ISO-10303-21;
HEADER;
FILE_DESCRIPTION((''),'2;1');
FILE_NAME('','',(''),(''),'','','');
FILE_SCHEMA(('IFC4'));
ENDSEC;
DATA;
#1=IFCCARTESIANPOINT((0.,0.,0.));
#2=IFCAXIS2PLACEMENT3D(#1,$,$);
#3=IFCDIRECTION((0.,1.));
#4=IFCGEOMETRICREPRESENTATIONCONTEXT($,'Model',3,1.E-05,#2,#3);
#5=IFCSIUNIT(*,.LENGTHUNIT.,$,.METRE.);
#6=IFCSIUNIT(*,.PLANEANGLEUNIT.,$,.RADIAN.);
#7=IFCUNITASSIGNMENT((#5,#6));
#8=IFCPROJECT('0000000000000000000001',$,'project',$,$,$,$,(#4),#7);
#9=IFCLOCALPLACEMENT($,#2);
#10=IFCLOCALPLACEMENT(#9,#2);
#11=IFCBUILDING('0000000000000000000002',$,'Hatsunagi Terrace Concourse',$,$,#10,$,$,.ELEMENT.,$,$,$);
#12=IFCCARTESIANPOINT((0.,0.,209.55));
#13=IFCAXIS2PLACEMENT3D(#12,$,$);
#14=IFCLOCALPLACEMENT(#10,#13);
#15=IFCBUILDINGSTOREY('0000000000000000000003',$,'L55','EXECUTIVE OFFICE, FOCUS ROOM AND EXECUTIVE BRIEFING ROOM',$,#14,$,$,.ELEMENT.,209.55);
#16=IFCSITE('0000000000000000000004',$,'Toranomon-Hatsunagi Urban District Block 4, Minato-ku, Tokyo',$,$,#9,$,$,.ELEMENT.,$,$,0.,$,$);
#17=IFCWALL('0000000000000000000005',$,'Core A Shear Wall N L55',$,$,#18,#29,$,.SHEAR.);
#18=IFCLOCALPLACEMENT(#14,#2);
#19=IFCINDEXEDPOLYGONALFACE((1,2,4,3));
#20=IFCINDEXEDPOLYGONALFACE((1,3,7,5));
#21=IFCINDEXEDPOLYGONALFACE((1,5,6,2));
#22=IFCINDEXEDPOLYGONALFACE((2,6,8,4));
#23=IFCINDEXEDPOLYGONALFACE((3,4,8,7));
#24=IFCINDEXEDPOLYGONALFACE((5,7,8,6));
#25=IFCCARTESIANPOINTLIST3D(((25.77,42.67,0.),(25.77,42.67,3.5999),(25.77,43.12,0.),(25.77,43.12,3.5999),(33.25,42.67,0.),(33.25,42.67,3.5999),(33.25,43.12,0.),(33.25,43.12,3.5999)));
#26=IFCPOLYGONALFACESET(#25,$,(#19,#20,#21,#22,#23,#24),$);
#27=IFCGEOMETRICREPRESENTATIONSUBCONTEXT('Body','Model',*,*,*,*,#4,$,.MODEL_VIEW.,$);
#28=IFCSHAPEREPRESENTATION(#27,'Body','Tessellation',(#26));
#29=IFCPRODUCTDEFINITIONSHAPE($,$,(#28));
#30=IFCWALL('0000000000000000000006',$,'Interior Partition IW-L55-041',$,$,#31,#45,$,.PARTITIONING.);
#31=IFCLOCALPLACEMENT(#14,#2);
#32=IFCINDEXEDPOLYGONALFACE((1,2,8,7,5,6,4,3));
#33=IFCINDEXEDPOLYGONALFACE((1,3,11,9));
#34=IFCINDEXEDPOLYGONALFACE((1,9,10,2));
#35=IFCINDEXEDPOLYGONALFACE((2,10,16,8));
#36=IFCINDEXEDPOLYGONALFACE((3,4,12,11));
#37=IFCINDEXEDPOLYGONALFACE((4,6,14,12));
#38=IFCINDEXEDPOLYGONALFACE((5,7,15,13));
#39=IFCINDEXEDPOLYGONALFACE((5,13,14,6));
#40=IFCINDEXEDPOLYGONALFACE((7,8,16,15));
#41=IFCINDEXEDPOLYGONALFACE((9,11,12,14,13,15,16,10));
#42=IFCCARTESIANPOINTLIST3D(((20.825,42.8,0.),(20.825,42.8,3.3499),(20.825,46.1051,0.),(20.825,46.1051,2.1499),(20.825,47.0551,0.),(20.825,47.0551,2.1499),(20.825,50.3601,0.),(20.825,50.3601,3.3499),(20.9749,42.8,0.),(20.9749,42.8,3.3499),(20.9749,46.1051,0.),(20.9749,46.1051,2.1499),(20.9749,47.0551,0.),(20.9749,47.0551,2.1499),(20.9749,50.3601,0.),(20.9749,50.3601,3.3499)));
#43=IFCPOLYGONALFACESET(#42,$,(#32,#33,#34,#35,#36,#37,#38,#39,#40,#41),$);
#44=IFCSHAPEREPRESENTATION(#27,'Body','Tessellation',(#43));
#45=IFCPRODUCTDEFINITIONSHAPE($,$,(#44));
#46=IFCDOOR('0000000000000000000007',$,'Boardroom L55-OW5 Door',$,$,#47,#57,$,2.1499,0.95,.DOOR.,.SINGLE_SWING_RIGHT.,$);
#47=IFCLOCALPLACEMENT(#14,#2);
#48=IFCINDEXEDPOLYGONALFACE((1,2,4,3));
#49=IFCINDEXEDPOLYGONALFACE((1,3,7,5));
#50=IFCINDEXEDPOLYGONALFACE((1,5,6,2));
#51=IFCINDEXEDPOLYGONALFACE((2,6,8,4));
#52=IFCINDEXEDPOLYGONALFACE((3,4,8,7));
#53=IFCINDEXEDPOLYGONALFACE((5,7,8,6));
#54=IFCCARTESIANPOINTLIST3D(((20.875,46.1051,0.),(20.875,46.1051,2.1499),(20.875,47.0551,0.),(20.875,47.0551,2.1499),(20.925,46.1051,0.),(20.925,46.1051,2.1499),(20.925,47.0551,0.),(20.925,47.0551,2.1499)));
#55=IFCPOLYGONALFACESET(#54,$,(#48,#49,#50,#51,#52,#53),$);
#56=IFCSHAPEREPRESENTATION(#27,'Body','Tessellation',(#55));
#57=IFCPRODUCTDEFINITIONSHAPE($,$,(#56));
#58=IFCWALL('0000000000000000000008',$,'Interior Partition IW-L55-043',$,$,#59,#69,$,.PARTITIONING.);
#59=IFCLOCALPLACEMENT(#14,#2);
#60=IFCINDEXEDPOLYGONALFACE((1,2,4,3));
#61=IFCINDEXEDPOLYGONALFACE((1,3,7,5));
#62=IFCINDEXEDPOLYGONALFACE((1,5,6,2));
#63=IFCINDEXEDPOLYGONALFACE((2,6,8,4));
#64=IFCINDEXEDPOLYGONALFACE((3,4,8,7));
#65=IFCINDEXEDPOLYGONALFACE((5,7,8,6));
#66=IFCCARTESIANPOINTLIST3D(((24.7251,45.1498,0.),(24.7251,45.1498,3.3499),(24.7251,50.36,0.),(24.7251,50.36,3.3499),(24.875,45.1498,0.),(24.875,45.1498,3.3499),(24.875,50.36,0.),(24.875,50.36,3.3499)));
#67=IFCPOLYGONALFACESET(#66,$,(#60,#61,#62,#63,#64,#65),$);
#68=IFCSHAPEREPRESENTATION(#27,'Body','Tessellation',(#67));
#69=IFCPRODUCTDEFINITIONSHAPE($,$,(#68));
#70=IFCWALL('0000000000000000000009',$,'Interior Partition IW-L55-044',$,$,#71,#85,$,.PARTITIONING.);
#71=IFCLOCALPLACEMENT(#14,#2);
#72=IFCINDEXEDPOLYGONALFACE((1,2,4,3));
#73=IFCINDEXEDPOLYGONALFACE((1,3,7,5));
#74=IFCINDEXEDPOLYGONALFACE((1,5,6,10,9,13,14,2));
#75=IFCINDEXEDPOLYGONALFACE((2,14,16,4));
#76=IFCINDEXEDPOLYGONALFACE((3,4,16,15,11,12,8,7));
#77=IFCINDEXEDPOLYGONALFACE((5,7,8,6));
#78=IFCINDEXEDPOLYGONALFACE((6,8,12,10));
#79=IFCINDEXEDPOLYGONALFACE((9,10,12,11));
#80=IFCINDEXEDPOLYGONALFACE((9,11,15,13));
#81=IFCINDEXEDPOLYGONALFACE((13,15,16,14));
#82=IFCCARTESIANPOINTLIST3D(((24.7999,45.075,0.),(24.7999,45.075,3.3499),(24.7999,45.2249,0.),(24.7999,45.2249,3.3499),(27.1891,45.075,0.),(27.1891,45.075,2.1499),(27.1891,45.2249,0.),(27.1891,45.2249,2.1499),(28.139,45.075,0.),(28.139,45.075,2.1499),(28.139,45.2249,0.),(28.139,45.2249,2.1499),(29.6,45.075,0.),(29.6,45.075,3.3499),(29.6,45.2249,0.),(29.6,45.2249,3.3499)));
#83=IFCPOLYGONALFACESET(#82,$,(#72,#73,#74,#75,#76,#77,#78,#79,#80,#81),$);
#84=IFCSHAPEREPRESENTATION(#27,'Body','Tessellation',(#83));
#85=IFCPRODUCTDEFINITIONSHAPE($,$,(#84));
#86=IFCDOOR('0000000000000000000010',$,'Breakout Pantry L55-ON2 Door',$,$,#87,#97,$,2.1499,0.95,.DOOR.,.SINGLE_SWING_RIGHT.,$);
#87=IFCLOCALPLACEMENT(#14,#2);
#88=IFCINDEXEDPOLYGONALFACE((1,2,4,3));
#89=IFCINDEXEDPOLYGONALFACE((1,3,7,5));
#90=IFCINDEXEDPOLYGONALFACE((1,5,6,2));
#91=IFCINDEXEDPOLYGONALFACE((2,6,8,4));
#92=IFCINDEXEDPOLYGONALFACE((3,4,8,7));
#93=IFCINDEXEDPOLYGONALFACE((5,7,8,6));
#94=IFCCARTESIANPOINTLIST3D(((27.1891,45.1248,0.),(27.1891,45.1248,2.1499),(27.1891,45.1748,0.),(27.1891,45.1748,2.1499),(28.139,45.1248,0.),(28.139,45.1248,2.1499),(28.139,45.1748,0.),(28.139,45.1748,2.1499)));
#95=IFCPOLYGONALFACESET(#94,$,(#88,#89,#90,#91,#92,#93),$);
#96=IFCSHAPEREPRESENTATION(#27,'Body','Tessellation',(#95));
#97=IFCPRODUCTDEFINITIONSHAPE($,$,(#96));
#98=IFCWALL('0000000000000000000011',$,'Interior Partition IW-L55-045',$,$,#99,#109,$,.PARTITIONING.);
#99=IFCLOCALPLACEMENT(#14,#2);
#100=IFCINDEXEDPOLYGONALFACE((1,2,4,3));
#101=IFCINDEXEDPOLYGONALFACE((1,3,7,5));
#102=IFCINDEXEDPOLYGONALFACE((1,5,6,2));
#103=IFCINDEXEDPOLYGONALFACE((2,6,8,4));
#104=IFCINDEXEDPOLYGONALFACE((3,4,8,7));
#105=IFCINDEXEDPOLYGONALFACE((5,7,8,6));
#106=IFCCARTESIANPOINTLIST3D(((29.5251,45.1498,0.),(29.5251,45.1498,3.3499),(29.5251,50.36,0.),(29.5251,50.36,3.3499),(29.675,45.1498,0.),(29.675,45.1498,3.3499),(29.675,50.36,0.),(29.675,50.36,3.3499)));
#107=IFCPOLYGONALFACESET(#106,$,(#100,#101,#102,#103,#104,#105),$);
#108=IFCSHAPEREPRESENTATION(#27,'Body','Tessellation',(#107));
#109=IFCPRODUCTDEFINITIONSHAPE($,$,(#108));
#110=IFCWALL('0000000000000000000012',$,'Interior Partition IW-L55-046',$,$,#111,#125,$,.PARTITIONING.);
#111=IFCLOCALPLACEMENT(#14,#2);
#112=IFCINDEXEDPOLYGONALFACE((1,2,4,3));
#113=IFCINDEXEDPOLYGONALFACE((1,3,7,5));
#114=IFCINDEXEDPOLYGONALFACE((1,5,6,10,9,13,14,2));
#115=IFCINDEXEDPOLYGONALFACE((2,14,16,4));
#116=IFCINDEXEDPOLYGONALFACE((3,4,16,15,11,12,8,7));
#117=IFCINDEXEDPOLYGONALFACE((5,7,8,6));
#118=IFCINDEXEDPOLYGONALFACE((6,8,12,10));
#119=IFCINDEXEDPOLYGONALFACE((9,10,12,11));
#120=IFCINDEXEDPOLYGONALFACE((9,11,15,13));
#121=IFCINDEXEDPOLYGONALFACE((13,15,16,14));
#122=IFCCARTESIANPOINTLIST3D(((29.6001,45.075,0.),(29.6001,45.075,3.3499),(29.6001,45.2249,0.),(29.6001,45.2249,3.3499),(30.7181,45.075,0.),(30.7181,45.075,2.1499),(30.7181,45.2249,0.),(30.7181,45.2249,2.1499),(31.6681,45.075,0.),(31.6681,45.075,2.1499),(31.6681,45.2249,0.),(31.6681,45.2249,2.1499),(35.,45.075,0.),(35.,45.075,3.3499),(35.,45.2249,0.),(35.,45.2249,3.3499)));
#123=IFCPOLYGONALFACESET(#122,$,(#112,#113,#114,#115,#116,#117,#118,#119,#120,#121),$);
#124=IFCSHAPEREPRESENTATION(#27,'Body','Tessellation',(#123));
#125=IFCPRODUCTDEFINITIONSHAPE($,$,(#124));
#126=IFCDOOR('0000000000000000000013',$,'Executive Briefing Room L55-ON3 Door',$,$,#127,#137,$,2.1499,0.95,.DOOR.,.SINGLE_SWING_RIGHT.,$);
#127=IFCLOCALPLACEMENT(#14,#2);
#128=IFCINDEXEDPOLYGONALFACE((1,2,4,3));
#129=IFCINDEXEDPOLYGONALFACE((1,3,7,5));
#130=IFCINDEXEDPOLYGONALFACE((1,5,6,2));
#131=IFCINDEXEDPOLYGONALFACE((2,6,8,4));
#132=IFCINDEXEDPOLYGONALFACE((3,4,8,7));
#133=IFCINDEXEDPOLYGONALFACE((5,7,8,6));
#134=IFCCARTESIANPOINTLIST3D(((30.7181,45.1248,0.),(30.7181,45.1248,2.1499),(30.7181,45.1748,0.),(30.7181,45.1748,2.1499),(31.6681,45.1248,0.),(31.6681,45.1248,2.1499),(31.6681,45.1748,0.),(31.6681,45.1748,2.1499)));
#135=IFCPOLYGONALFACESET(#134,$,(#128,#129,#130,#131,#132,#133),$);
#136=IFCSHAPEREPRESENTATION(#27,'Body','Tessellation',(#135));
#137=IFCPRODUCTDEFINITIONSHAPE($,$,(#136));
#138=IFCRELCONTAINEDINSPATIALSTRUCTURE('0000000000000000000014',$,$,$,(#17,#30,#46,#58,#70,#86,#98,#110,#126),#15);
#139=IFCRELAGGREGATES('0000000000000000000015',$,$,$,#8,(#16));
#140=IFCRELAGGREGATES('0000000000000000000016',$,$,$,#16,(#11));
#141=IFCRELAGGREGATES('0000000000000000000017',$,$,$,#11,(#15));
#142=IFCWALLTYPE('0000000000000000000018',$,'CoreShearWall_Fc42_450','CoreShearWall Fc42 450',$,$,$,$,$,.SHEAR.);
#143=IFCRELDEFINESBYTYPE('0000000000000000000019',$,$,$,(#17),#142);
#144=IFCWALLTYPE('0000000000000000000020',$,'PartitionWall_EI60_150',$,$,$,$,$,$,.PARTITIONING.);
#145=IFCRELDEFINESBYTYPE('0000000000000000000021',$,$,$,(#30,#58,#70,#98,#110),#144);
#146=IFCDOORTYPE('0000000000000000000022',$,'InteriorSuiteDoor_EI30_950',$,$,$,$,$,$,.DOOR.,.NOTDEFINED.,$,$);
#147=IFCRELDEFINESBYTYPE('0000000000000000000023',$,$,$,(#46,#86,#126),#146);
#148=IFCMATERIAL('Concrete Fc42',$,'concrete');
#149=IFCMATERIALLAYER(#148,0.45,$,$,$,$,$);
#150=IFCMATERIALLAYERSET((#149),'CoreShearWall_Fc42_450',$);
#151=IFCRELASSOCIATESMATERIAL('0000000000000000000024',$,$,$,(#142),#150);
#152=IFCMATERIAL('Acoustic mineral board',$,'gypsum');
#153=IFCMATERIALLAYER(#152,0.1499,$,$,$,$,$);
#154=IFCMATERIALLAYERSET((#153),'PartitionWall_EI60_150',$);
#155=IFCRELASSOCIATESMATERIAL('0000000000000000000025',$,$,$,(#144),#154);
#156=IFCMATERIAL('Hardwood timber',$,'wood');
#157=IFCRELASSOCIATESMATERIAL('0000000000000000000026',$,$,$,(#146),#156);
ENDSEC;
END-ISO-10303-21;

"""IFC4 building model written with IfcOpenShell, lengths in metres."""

from ifc_helpers import new_model, si_unit, direction, frame, frame_2d, origin, place, context, subcontext, project, spatial, rectangle, extrude, material, layer, layer_set, type_object, element, fill, save


model = new_model("IFC4")

# Units and contexts
model_context = context("Model", 3, precision=1e-05, world=origin(), true_north=direction((0.0, 1.0)))
body_context = subcontext(model_context, "Body", "Model", "MODEL_VIEW")
ifc_project = project(units=[si_unit("LENGTHUNIT", "METRE"), si_unit("PLANEANGLEUNIT", "RADIAN")], contexts=[model_context])

# Site, building, storey
site_placement = place(None, origin())
site = spatial("IfcSite", under=ifc_project, at=site_placement, Name="Toranomon-Hatsunagi Urban District Block 4, Minato-ku, Tokyo", CompositionType="ELEMENT", RefElevation=0.0)
building_placement = place(site_placement, origin())
building = spatial("IfcBuilding", under=site, at=building_placement, Name="Hatsunagi Terrace Concourse", CompositionType="ELEMENT")
storey_placement = place(building_placement, frame((0.0, 0.0, 209.55)))
storey = spatial("IfcBuildingStorey", under=building, at=storey_placement, Name="L55", Description="EXECUTIVE OFFICE, FOCUS ROOM AND EXECUTIVE BRIEFING ROOM", CompositionType="ELEMENT", Elevation=209.55)

# Wall
ifc_material_1 = material(Name="Concrete Fc42", Category="concrete")
ifc_layer_1 = layer(ifc_material_1, 0.45)
ifc_layer_set_1 = layer_set([ifc_layer_1], Name="CoreShearWall_Fc42_450")
wall_type_1 = type_object("IfcWallType", Name="CoreShearWall_Fc42_450", Description="CoreShearWall Fc42 450", PredefinedType="SHEAR", material=ifc_layer_set_1)
wall_1_placement = place(storey_placement, frame((25.77, 42.895, 0.0), z_axis=(0.0, 0.0, 1.0), x_axis=(1.0, 0.0, 0.0)))
element("IfcWall", 1, at=wall_1_placement, inside=storey, type_object=wall_type_1, Name="Core A Shear Wall N L55", PredefinedType="SHEAR", context=body_context, shape_type="SweptSolid", body=[
    extrude(rectangle(XDim=7.48, YDim=0.45, at=frame_2d((3.74, 0.0))), origin(), (0.0, 0.0, 1.0), 3.5999),
])

# Wall, opening, door
ifc_material_2 = material(Name="Acoustic mineral board", Category="gypsum")
ifc_layer_2 = layer(ifc_material_2, 0.1499)
ifc_layer_set_2 = layer_set([ifc_layer_2], Name="PartitionWall_EI60_150")
wall_type_2 = type_object("IfcWallType", Name="PartitionWall_EI60_150", PredefinedType="PARTITIONING", material=ifc_layer_set_2)
wall_2_placement = place(storey_placement, frame((20.8999, 42.8, 0.0), z_axis=(0.0, 0.0, 1.0), x_axis=(0.0, 1.0, 0.0)))
wall_2 = element("IfcWall", 2, at=wall_2_placement, inside=storey, type_object=wall_type_2, Name="Interior Partition IW-L55-041", PredefinedType="PARTITIONING", context=body_context, shape_type="SweptSolid", body=[
    extrude(rectangle(XDim=7.5601, YDim=0.1499, at=frame_2d((3.78, 0.0))), origin(), (0.0, 0.0, 1.0), 3.3499),
])
opening_1_placement = place(wall_2_placement, frame((3.3049, 0.0, 0.0)))
opening_1 = element("IfcOpeningElement", 3, at=opening_1_placement, cuts=wall_2, PredefinedType="OPENING", context=body_context, shape_type="SweptSolid", body=[
    extrude(rectangle(XDim=0.95, YDim=2.1499, at=frame_2d((0.4751, 1.075))), frame((0.0, 0.085, 0.0), z_axis=(0.0, -1.0, 0.0), x_axis=(1.0, 0.0, 0.0)), (0.0, 0.0, 1.0), 0.1699),
])
ifc_material_3 = material(Name="Hardwood timber", Category="wood")
door_type_1 = type_object("IfcDoorType", Name="InteriorSuiteDoor_EI30_950", OperationType="NOTDEFINED", PredefinedType="DOOR", material=ifc_material_3)
door_1_placement = place(opening_1_placement, origin())
door_1 = element("IfcDoor", 4, at=door_1_placement, inside=storey, type_object=door_type_1, Name="Boardroom L55-OW5 Door", OperationType="SINGLE_SWING_RIGHT", OverallHeight=2.1499, OverallWidth=0.95, PredefinedType="DOOR", context=body_context, shape_type="SweptSolid", body=[
    extrude(rectangle(XDim=0.95, YDim=2.1499, at=frame_2d((0.4751, 1.075))), frame((0.0, 0.0249, 0.0), z_axis=(0.0, -1.0, 0.0), x_axis=(1.0, 0.0, 0.0)), (0.0, 0.0, 1.0), 0.05),
])
fill(opening_1, door_1)

# Wall
wall_3_placement = place(storey_placement, frame((24.8, 45.1499, 0.0), z_axis=(0.0, 0.0, 1.0), x_axis=(0.0, 1.0, 0.0)))
element("IfcWall", 5, at=wall_3_placement, inside=storey, type_object=wall_type_2, Name="Interior Partition IW-L55-043", PredefinedType="PARTITIONING", context=body_context, shape_type="SweptSolid", body=[
    extrude(rectangle(XDim=5.2102, YDim=0.1499, at=frame_2d((2.605, 0.0))), origin(), (0.0, 0.0, 1.0), 3.3499),
])

# Wall, opening, door
wall_4_placement = place(storey_placement, frame((24.8, 45.1499, 0.0), z_axis=(0.0, 0.0, 1.0), x_axis=(1.0, 0.0, 0.0)))
wall_4 = element("IfcWall", 6, at=wall_4_placement, inside=storey, type_object=wall_type_2, Name="Interior Partition IW-L55-044", PredefinedType="PARTITIONING", context=body_context, shape_type="SweptSolid", body=[
    extrude(rectangle(XDim=4.8, YDim=0.1499, at=frame_2d((2.3999, 0.0))), origin(), (0.0, 0.0, 1.0), 3.3499),
])
opening_2_placement = place(wall_4_placement, frame((2.3889, 0.0, 0.0)))
opening_2 = element("IfcOpeningElement", 7, at=opening_2_placement, cuts=wall_4, PredefinedType="OPENING", context=body_context, shape_type="SweptSolid", body=[
    extrude(rectangle(XDim=0.95, YDim=2.1499, at=frame_2d((0.4751, 1.075))), frame((0.0, 0.085, 0.0), z_axis=(0.0, -1.0, 0.0), x_axis=(1.0, 0.0, 0.0)), (0.0, 0.0, 1.0), 0.1699),
])
door_2_placement = place(opening_2_placement, origin())
door_2 = element("IfcDoor", 8, at=door_2_placement, inside=storey, type_object=door_type_1, Name="Breakout Pantry L55-ON2 Door", OperationType="SINGLE_SWING_RIGHT", OverallHeight=2.1499, OverallWidth=0.95, PredefinedType="DOOR", context=body_context, shape_type="SweptSolid", body=[
    extrude(rectangle(XDim=0.95, YDim=2.1499, at=frame_2d((0.4751, 1.075))), frame((0.0, 0.0249, 0.0), z_axis=(0.0, -1.0, 0.0), x_axis=(1.0, 0.0, 0.0)), (0.0, 0.0, 1.0), 0.05),
])
fill(opening_2, door_2)

# Wall
wall_5_placement = place(storey_placement, frame((29.6001, 45.1499, 0.0), z_axis=(0.0, 0.0, 1.0), x_axis=(0.0, 1.0, 0.0)))
element("IfcWall", 9, at=wall_5_placement, inside=storey, type_object=wall_type_2, Name="Interior Partition IW-L55-045", PredefinedType="PARTITIONING", context=body_context, shape_type="SweptSolid", body=[
    extrude(rectangle(XDim=5.2102, YDim=0.1499, at=frame_2d((2.605, 0.0))), origin(), (0.0, 0.0, 1.0), 3.3499),
])

# Wall, opening, door
wall_6_placement = place(storey_placement, frame((29.6001, 45.1499, 0.0), z_axis=(0.0, 0.0, 1.0), x_axis=(1.0, 0.0, 0.0)))
wall_6 = element("IfcWall", 10, at=wall_6_placement, inside=storey, type_object=wall_type_2, Name="Interior Partition IW-L55-046", PredefinedType="PARTITIONING", context=body_context, shape_type="SweptSolid", body=[
    extrude(rectangle(XDim=5.3999, YDim=0.1499, at=frame_2d((2.7, 0.0))), origin(), (0.0, 0.0, 1.0), 3.3499),
])
opening_3_placement = place(wall_6_placement, frame((1.1179, 0.0, 0.0)))
opening_3 = element("IfcOpeningElement", 11, at=opening_3_placement, cuts=wall_6, PredefinedType="OPENING", context=body_context, shape_type="SweptSolid", body=[
    extrude(rectangle(XDim=0.95, YDim=2.1499, at=frame_2d((0.4751, 1.075))), frame((0.0, 0.085, 0.0), z_axis=(0.0, -1.0, 0.0), x_axis=(1.0, 0.0, 0.0)), (0.0, 0.0, 1.0), 0.1699),
])
door_3_placement = place(opening_3_placement, origin())
door_3 = element("IfcDoor", 12, at=door_3_placement, inside=storey, type_object=door_type_1, Name="Executive Briefing Room L55-ON3 Door", OperationType="SINGLE_SWING_RIGHT", OverallHeight=2.1499, OverallWidth=0.95, PredefinedType="DOOR", context=body_context, shape_type="SweptSolid", body=[
    extrude(rectangle(XDim=0.95, YDim=2.1499, at=frame_2d((0.4751, 1.075))), frame((0.0, 0.0249, 0.0), z_axis=(0.0, -1.0, 0.0), x_axis=(1.0, 0.0, 0.0)), (0.0, 0.0, 1.0), 0.05),
])
fill(opening_3, door_3)

save(model, "model.ifc")
